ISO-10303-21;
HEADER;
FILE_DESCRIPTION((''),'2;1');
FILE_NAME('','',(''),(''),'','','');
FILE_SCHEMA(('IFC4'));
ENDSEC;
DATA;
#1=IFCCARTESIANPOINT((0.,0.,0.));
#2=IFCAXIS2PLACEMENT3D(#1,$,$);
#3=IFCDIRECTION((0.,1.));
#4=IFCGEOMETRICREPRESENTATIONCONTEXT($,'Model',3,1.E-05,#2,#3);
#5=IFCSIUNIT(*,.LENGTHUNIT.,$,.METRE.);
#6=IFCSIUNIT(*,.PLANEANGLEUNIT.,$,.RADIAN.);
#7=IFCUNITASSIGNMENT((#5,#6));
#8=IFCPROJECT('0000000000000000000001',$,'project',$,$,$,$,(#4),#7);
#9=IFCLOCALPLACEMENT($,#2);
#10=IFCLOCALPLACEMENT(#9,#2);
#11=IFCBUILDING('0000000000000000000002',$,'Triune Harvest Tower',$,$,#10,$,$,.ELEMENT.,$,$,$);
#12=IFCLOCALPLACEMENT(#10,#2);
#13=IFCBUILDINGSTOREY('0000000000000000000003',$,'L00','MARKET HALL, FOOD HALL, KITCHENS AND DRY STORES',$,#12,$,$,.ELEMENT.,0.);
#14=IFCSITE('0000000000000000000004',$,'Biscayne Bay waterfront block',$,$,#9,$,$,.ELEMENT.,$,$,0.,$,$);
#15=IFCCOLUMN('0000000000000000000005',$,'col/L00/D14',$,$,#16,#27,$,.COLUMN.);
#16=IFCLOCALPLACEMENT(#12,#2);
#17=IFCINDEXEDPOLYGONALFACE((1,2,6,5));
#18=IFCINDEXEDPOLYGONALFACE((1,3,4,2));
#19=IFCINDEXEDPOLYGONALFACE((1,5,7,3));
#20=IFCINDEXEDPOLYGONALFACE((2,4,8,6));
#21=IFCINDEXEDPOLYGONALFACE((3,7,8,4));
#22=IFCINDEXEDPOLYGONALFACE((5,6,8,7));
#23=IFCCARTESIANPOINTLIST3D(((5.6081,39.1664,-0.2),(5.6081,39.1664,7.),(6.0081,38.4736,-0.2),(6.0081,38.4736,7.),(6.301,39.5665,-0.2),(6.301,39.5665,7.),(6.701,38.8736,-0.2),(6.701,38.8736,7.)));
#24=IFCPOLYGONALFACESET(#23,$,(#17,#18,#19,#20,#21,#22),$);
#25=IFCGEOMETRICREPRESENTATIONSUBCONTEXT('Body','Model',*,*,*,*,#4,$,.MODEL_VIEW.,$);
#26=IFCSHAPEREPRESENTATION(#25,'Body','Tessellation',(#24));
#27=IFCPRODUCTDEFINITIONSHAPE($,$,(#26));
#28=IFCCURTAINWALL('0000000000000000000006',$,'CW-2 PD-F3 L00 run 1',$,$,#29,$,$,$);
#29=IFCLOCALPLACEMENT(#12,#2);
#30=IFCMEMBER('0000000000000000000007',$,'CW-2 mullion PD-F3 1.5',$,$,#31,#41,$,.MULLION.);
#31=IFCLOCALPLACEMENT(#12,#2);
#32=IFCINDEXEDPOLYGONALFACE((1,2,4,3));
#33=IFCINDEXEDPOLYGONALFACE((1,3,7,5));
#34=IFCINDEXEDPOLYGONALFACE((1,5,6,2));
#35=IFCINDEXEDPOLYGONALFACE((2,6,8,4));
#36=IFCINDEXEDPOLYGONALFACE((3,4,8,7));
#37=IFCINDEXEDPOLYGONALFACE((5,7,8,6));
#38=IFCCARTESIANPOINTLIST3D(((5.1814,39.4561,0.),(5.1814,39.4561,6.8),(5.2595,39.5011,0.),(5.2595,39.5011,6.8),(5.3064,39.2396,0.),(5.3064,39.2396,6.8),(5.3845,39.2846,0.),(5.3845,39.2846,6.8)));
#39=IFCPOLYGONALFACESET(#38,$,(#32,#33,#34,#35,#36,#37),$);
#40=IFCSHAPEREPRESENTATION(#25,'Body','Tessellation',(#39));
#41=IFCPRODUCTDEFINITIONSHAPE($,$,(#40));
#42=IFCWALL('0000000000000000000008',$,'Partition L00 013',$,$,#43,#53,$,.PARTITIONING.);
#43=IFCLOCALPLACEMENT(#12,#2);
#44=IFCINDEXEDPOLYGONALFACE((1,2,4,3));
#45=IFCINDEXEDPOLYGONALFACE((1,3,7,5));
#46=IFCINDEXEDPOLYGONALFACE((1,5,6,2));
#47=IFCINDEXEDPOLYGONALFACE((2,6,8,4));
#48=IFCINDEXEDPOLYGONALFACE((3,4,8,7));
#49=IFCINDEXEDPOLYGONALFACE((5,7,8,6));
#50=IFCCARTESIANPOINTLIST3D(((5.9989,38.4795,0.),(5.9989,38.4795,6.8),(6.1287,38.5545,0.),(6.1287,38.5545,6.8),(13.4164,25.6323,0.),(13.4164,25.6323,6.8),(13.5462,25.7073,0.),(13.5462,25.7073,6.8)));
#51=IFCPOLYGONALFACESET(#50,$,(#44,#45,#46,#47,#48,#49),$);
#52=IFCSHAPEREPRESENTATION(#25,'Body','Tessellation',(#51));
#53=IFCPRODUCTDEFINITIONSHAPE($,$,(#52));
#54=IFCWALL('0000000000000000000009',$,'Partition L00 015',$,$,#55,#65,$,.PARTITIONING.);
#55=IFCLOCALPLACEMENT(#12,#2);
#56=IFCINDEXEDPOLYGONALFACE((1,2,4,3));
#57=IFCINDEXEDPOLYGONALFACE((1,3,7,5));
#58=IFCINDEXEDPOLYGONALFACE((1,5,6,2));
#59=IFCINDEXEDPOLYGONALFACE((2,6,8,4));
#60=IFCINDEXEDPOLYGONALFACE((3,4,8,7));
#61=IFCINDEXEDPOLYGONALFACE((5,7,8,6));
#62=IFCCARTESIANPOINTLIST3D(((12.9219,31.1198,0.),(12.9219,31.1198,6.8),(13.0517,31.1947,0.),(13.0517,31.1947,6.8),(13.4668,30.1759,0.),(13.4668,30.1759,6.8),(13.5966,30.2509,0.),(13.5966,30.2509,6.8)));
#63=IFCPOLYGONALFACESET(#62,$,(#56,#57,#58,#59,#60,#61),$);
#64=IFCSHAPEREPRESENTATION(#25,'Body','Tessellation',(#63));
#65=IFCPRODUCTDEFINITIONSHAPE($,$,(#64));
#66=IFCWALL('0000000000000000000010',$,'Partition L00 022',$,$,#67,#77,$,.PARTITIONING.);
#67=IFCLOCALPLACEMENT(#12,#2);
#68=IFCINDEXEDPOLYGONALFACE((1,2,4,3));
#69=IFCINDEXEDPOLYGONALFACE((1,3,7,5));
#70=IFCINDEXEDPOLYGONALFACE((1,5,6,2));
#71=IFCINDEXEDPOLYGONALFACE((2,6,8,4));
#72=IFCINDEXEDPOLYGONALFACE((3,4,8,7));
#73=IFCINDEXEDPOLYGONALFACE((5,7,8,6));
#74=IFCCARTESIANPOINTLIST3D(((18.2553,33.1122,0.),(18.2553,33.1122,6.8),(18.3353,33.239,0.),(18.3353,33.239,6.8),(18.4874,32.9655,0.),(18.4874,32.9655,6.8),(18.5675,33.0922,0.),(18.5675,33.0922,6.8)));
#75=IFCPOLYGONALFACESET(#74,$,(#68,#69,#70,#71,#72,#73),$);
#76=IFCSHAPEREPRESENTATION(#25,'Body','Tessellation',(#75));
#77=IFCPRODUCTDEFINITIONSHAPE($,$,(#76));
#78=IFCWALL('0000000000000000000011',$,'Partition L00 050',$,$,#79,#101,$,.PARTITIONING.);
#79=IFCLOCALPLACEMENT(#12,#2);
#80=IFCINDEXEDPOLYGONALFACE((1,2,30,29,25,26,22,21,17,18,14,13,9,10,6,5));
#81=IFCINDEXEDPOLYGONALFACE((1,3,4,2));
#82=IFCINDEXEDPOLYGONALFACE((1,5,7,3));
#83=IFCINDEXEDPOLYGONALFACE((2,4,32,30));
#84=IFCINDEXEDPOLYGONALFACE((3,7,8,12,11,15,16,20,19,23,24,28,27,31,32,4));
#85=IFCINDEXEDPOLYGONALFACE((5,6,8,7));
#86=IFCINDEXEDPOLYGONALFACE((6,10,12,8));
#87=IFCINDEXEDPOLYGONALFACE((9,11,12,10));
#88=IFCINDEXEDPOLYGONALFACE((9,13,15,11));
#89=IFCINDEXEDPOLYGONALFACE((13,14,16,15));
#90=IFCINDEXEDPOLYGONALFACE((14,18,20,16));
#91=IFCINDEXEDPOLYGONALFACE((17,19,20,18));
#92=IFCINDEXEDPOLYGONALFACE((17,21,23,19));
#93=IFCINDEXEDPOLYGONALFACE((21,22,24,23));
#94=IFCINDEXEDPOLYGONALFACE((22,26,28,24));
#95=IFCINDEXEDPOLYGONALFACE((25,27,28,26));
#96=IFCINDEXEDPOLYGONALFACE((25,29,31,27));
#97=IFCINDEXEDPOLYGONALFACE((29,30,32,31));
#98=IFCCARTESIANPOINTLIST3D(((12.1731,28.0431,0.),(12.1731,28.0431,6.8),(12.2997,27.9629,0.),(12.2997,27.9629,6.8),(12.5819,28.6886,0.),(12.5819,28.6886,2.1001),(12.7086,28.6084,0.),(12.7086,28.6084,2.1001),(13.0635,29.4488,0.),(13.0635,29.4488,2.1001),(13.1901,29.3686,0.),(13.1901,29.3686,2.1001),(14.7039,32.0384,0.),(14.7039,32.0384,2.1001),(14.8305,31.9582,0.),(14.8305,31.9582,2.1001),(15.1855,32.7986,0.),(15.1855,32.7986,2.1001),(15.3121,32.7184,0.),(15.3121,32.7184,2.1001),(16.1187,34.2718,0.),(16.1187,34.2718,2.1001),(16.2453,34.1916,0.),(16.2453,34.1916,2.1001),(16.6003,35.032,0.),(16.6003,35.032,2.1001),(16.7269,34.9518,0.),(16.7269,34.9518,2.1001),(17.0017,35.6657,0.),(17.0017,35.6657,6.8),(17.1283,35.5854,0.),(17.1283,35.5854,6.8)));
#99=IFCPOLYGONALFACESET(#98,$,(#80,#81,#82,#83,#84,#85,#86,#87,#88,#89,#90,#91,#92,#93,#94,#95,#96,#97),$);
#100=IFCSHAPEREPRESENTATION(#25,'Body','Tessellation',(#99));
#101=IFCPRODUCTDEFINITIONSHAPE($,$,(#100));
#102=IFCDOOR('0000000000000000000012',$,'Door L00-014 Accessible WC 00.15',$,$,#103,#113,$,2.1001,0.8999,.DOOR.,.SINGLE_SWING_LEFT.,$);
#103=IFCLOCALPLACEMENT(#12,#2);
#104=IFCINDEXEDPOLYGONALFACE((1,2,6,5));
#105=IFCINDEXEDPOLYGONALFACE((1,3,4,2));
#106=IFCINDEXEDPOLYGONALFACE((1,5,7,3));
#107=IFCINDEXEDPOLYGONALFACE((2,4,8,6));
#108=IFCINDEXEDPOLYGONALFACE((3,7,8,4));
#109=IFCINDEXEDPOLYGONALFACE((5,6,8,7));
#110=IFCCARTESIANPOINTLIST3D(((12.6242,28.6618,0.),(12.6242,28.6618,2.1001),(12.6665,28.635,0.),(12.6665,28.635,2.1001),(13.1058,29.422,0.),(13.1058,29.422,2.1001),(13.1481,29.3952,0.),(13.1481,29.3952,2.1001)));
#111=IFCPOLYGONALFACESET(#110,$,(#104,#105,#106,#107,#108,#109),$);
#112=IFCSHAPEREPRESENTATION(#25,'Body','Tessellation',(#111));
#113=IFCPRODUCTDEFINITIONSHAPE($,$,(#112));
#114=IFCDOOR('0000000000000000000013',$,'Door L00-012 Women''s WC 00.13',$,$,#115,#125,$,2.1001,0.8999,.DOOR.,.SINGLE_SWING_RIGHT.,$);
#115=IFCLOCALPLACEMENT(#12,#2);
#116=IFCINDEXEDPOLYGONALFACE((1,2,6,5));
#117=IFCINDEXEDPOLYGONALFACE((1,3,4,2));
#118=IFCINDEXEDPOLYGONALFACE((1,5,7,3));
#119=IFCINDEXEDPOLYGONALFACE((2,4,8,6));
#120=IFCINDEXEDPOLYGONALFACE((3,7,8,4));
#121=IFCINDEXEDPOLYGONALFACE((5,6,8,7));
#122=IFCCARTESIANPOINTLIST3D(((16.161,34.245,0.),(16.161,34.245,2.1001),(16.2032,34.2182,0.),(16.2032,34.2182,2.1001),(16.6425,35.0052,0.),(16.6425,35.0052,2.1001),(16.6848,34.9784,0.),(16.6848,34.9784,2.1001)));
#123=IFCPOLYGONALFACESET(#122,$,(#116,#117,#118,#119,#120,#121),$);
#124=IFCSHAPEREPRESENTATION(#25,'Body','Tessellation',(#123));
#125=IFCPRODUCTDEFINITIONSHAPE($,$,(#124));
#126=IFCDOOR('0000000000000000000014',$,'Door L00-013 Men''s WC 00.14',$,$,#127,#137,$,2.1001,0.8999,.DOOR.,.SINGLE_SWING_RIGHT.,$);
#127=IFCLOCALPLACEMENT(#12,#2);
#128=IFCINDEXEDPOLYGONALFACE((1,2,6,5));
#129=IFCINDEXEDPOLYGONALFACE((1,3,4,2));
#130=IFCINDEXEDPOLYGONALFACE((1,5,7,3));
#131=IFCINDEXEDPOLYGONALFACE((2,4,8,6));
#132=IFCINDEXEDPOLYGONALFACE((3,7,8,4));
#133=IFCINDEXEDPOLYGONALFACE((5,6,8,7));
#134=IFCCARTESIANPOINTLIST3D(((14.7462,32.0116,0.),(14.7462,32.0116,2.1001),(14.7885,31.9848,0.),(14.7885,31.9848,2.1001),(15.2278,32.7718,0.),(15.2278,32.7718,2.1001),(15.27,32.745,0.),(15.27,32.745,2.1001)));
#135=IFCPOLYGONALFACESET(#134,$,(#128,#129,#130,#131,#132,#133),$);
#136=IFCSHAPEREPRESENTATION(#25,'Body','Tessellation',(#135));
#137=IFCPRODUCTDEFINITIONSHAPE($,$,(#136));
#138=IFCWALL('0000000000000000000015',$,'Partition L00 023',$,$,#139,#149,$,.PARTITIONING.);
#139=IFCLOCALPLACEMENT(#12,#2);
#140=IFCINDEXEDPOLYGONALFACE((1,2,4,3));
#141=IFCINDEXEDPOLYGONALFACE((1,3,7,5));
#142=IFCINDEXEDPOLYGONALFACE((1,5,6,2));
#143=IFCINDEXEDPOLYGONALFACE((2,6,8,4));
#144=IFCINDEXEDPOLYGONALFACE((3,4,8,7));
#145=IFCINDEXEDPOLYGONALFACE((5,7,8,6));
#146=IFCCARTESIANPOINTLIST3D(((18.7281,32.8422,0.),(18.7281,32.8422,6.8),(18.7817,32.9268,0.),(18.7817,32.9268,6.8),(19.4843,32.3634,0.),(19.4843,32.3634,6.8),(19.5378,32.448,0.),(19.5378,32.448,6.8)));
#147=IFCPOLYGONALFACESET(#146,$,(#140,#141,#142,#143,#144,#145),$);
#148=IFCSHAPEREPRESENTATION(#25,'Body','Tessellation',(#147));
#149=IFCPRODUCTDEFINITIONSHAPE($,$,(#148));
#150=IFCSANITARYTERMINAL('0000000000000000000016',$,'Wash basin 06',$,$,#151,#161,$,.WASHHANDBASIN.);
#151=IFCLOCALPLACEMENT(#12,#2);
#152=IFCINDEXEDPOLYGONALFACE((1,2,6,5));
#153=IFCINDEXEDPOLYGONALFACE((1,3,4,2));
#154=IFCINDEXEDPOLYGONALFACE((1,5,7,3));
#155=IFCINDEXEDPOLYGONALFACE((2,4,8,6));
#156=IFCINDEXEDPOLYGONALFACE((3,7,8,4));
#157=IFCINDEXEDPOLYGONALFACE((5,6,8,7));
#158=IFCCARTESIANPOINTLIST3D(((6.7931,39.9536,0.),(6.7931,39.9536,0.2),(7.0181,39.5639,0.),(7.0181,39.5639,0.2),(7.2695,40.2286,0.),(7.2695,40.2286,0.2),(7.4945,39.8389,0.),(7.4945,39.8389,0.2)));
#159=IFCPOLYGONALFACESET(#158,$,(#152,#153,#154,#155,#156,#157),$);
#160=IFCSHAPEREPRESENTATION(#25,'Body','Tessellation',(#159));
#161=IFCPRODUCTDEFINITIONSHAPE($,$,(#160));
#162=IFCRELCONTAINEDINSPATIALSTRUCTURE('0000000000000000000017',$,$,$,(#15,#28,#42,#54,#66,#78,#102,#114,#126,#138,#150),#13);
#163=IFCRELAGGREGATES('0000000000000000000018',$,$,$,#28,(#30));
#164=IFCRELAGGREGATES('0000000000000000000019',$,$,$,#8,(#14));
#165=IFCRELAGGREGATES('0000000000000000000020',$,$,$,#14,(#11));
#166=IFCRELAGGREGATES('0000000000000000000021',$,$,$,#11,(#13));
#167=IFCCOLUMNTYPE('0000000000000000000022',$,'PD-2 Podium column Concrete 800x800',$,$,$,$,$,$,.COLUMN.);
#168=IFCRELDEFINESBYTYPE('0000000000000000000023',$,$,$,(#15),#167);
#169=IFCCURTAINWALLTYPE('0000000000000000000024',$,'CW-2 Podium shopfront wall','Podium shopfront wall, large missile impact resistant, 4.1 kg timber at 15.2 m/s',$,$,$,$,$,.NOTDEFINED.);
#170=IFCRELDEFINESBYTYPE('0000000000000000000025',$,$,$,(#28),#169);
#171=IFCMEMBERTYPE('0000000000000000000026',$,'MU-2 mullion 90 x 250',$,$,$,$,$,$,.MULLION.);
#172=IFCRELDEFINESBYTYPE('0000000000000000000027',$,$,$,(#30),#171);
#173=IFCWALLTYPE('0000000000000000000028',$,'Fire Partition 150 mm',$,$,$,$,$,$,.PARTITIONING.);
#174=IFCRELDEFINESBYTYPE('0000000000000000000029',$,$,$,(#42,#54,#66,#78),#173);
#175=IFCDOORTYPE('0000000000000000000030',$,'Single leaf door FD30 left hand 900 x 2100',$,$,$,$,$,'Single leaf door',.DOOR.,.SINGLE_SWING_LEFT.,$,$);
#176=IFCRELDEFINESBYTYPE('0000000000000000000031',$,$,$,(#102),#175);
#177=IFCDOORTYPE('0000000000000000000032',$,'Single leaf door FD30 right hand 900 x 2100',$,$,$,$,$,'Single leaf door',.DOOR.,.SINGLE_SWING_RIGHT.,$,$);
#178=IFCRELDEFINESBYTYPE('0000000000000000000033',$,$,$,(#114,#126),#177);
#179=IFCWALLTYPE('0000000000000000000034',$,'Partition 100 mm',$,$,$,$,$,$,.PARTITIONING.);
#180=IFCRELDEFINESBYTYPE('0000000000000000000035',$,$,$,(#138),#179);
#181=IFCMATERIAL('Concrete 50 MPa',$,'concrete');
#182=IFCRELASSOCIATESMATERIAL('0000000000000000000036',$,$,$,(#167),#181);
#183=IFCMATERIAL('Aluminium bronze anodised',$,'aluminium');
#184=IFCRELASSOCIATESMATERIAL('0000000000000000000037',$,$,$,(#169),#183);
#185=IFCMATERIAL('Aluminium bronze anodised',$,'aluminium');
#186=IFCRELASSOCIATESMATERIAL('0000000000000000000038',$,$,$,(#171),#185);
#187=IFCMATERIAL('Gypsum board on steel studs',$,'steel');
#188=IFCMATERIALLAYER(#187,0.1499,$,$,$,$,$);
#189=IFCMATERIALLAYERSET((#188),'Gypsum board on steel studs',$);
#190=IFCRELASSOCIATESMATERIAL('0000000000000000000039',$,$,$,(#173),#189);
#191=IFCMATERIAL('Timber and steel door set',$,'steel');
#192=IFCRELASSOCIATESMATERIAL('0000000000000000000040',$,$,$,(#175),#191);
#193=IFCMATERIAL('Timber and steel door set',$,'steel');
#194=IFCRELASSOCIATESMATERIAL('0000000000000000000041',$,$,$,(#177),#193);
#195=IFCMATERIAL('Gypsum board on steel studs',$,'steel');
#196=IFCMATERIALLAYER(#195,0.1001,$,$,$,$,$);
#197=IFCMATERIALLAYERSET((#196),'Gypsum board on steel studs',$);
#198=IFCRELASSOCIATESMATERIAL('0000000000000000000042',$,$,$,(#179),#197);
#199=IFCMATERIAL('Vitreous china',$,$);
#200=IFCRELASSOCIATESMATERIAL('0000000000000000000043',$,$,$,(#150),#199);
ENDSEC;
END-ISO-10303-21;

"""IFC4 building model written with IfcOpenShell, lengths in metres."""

from ifc_helpers import new_model, si_unit, direction, frame, frame_2d, origin, origin_2d, place, context, subcontext, project, spatial, rectangle, extrude, source, transform, mapped, material, layer, layer_set, material_profile, profile_set, type_object, element, fill, aggregate, save


model = new_model("IFC4")

# Units and contexts
model_context = context("Model", 3, precision=1e-05, world=origin(), true_north=direction((0.0, 1.0)))
body_context = subcontext(model_context, "Body", "Model", "MODEL_VIEW")
ifc_project = project(units=[si_unit("LENGTHUNIT", "METRE"), si_unit("PLANEANGLEUNIT", "RADIAN")], contexts=[model_context])

# Site, building, storey
site_placement = place(None, origin())
site = spatial("IfcSite", under=ifc_project, at=site_placement, Name="Biscayne Bay waterfront block", CompositionType="ELEMENT", RefElevation=0.0)
building_placement = place(site_placement, origin())
building = spatial("IfcBuilding", under=site, at=building_placement, Name="Triune Harvest Tower", CompositionType="ELEMENT")
storey_placement = place(building_placement, origin())
storey = spatial("IfcBuildingStorey", under=building, at=storey_placement, Name="L00", Description="MARKET HALL, FOOD HALL, KITCHENS AND DRY STORES", CompositionType="ELEMENT", Elevation=0.0)

# Column
ifc_material_1 = material(Name="Concrete 50 MPa", Category="concrete")
ifc_material_profile_1 = material_profile(ifc_material_1, rectangle(XDim=0.8, YDim=0.8, at=origin_2d()), Name="Concrete 800x800")
ifc_profile_set_1 = profile_set([ifc_material_profile_1], Name="Concrete 50 MPa")
column_type_1 = type_object("IfcColumnType", Name="PD-2 Podium column Concrete 800x800", PredefinedType="COLUMN", material=ifc_profile_set_1)
shared_shape_1 = source(origin(), body_context, "Body", "SweptSolid", [
    extrude(rectangle(XDim=0.8, YDim=0.8, at=origin_2d()), origin(), (0.0, 0.0, 1.0), 7.2),
])
column_1_placement = place(storey_placement, frame((6.1545, 39.02, -0.2), z_axis=(0.0, 0.0, 1.0), x_axis=(-0.866025, -0.5, 0.0)))
element("IfcColumn", 1, at=column_1_placement, inside=storey, type_object=column_type_1, Name="col/L00/D14", PredefinedType="COLUMN", context=body_context, shape_type="MappedRepresentation", body=[
    mapped(shared_shape_1, transform((0.0, 0.0, 0.0), scale=1.0)),
])

# Curtain wall, member
ifc_material_2 = material(Name="Aluminium bronze anodised", Category="aluminium")
curtain_wall_type = type_object("IfcCurtainWallType", Name="CW-2 Podium shopfront wall", Description="Podium shopfront wall, large missile impact resistant, 4.1 kg timber at 15.2 m/s", PredefinedType="NOTDEFINED", material=ifc_material_2)
curtain_wall_placement = place(storey_placement, origin())
curtain_wall = element("IfcCurtainWall", 2, at=curtain_wall_placement, inside=storey, type_object=curtain_wall_type, Name="CW-2 PD-F3 L00 run 1")
ifc_material_3 = material(Name="Aluminium bronze anodised", Category="aluminium")
ifc_material_profile_2 = material_profile(ifc_material_3, rectangle(XDim=0.25, YDim=0.0901, at=origin_2d()), Name="MU-2 mullion 90 x 250")
ifc_profile_set_2 = profile_set([ifc_material_profile_2], Name="Aluminium bronze anodised")
member_type = type_object("IfcMemberType", Name="MU-2 mullion 90 x 250", PredefinedType="MULLION", material=ifc_profile_set_2)
shared_shape_2 = source(origin(), body_context, "Body", "SweptSolid", [
    extrude(rectangle(XDim=0.25, YDim=0.0901, at=origin_2d()), origin(), (0.0, 0.0, 1.0), 6.8),
])
member_placement = place(storey_placement, frame((5.283, 39.3704, 0.0), z_axis=(0.0, 0.0, 1.0), x_axis=(0.5, -0.866025, 0.0)))
member = element("IfcMember", 3, at=member_placement, type_object=member_type, Name="CW-2 mullion PD-F3 1.5", PredefinedType="MULLION", context=body_context, shape_type="MappedRepresentation", body=[
    mapped(shared_shape_2, transform((0.0, 0.0, 0.0), scale=1.0)),
])
aggregate(curtain_wall, [member])

# Walls
ifc_material_4 = material(Name="Gypsum board on steel studs", Category="steel")
ifc_layer_1 = layer(ifc_material_4, 0.1499)
ifc_layer_set_1 = layer_set([ifc_layer_1], Name="Gypsum board on steel studs")
wall_type_1 = type_object("IfcWallType", Name="Fire Partition 150 mm", PredefinedType="PARTITIONING", material=ifc_layer_set_1)
wall_1_placement = place(storey_placement, frame((6.0637, 38.5171, 0.0), z_axis=(0.0, 0.0, 1.0), x_axis=(0.500008, -0.866021, 0.0)))
element("IfcWall", 4, at=wall_1_placement, inside=storey, type_object=wall_type_1, Name="Partition L00 013", PredefinedType="PARTITIONING", context=body_context, shape_type="SweptSolid", body=[
    extrude(rectangle(XDim=14.8347, YDim=0.1499, at=frame_2d((7.4175, 0.0))), origin(), (0.0, 0.0, 1.0), 6.8),
])
wall_2_placement = place(storey_placement, frame((12.9868, 31.1572, 0.0), z_axis=(0.0, 0.0, 1.0), x_axis=(0.499994, -0.866029, 0.0)))
element("IfcWall", 5, at=wall_2_placement, inside=storey, type_object=wall_type_1, Name="Partition L00 015", PredefinedType="PARTITIONING", context=body_context, shape_type="SweptSolid", body=[
    extrude(rectangle(XDim=1.0898, YDim=0.1499, at=frame_2d((0.5449, 0.0))), origin(), (0.0, 0.0, 1.0), 6.8),
])
wall_3_placement = place(storey_placement, frame((18.2954, 33.1755, 0.0), z_axis=(0.0, 0.0, 1.0), x_axis=(0.845341, -0.534227, 0.0)))
element("IfcWall", 6, at=wall_3_placement, inside=storey, type_object=wall_type_1, Name="Partition L00 022", PredefinedType="PARTITIONING", context=body_context, shape_type="SweptSolid", body=[
    extrude(rectangle(XDim=0.2747, YDim=0.1499, at=frame_2d((0.1372, 0.0))), origin(), (0.0, 0.0, 1.0), 6.8),
])

# Wall, openings, doors
wall_4_placement = place(storey_placement, frame((12.2363, 28.0029, 0.0), z_axis=(0.0, 0.0, 1.0), x_axis=(0.535131, 0.844769, 0.0)))
wall_4 = element("IfcWall", 7, at=wall_4_placement, inside=storey, type_object=wall_type_1, Name="Partition L00 050", PredefinedType="PARTITIONING", context=body_context, shape_type="SweptSolid", body=[
    extrude(rectangle(XDim=9.0232, YDim=0.1499, at=frame_2d((4.5117, 0.0))), origin(), (0.0, 0.0, 1.0), 6.8),
])
opening_1_placement = place(wall_4_placement, frame((7.3733, 0.0, 0.0)))
opening_1 = element("IfcOpeningElement", 8, at=opening_1_placement, cuts=wall_4, PredefinedType="OPENING", context=body_context, shape_type="SweptSolid", body=[
    extrude(rectangle(XDim=0.8999, YDim=2.1001, at=frame_2d((0.45, 1.05))), frame((0.0, 0.085, 0.0), z_axis=(0.0, -1.0, 0.0), x_axis=(1.0, 0.0, 0.0)), (0.0, 0.0, 1.0), 0.1699),
])
opening_2_placement = place(wall_4_placement, frame((4.7295, 0.0, 0.0)))
opening_2 = element("IfcOpeningElement", 9, at=opening_2_placement, cuts=wall_4, PredefinedType="OPENING", context=body_context, shape_type="SweptSolid", body=[
    extrude(rectangle(XDim=0.8999, YDim=2.1001, at=frame_2d((0.45, 1.05))), frame((0.0, 0.085, 0.0), z_axis=(0.0, -1.0, 0.0), x_axis=(1.0, 0.0, 0.0)), (0.0, 0.0, 1.0), 0.1699),
])
opening_3_placement = place(wall_4_placement, frame((0.7642, 0.0, 0.0)))
opening_3 = element("IfcOpeningElement", 10, at=opening_3_placement, cuts=wall_4, PredefinedType="OPENING", context=body_context, shape_type="SweptSolid", body=[
    extrude(rectangle(XDim=0.8999, YDim=2.1001, at=frame_2d((0.45, 1.05))), frame((0.0, 0.085, 0.0), z_axis=(0.0, -1.0, 0.0), x_axis=(1.0, 0.0, 0.0)), (0.0, 0.0, 1.0), 0.1699),
])
ifc_material_5 = material(Name="Timber and steel door set", Category="steel")
door_type_1 = type_object("IfcDoorType", Name="Single leaf door FD30 left hand 900 x 2100", ElementType="Single leaf door", OperationType="SINGLE_SWING_LEFT", PredefinedType="DOOR", material=ifc_material_5)
door_1_placement = place(opening_3_placement, origin())
door_1 = element("IfcDoor", 11, at=door_1_placement, inside=storey, type_object=door_type_1, Name="Door L00-014 Accessible WC 00.15", OperationType="SINGLE_SWING_LEFT", OverallHeight=2.1001, OverallWidth=0.8999, PredefinedType="DOOR", context=body_context, shape_type="SweptSolid", body=[
    extrude(rectangle(XDim=0.8999, YDim=2.1001, at=frame_2d((0.45, 1.05))), frame((0.0, 0.0249, 0.0), z_axis=(0.0, -1.0, 0.0), x_axis=(1.0, 0.0, 0.0)), (0.0, 0.0, 1.0), 0.05),
])
fill(opening_3, door_1)
ifc_material_6 = material(Name="Timber and steel door set", Category="steel")
door_type_2 = type_object("IfcDoorType", Name="Single leaf door FD30 right hand 900 x 2100", ElementType="Single leaf door", OperationType="SINGLE_SWING_RIGHT", PredefinedType="DOOR", material=ifc_material_6)
door_2_placement = place(opening_1_placement, origin())
door_2 = element("IfcDoor", 12, at=door_2_placement, inside=storey, type_object=door_type_2, Name="Door L00-012 Women's WC 00.13", OperationType="SINGLE_SWING_RIGHT", OverallHeight=2.1001, OverallWidth=0.8999, PredefinedType="DOOR", context=body_context, shape_type="SweptSolid", body=[
    extrude(rectangle(XDim=0.8999, YDim=2.1001, at=frame_2d((0.45, 1.05))), frame((0.0, 0.0249, 0.0), z_axis=(0.0, -1.0, 0.0), x_axis=(1.0, 0.0, 0.0)), (0.0, 0.0, 1.0), 0.05),
])
fill(opening_1, door_2)
door_3_placement = place(opening_2_placement, origin())
door_3 = element("IfcDoor", 13, at=door_3_placement, inside=storey, type_object=door_type_2, Name="Door L00-013 Men's WC 00.14", OperationType="SINGLE_SWING_RIGHT", OverallHeight=2.1001, OverallWidth=0.8999, PredefinedType="DOOR", context=body_context, shape_type="SweptSolid", body=[
    extrude(rectangle(XDim=0.8999, YDim=2.1001, at=frame_2d((0.45, 1.05))), frame((0.0, 0.0249, 0.0), z_axis=(0.0, -1.0, 0.0), x_axis=(1.0, 0.0, 0.0)), (0.0, 0.0, 1.0), 0.05),
])
fill(opening_2, door_3)

# Wall
ifc_material_7 = material(Name="Gypsum board on steel studs", Category="steel")
ifc_layer_2 = layer(ifc_material_7, 0.1001)
ifc_layer_set_2 = layer_set([ifc_layer_2], Name="Gypsum board on steel studs")
wall_type_2 = type_object("IfcWallType", Name="Partition 100 mm", PredefinedType="PARTITIONING", material=ifc_layer_set_2)
wall_5_placement = place(storey_placement, frame((18.7549, 32.8845, 0.0), z_axis=(0.0, 0.0, 1.0), x_axis=(0.844873, -0.534968, 0.0)))
element("IfcWall", 14, at=wall_5_placement, inside=storey, type_object=wall_type_2, Name="Partition L00 023", PredefinedType="PARTITIONING", context=body_context, shape_type="SweptSolid", body=[
    extrude(rectangle(XDim=0.895, YDim=0.1001, at=frame_2d((0.4475, 0.0))), origin(), (0.0, 0.0, 1.0), 6.8),
])

# Sanitary terminal
ifc_material_8 = material(Name="Vitreous china")
shared_shape_3 = source(origin(), body_context, "Body", "SweptSolid", [
    extrude(rectangle(XDim=0.55, YDim=0.45, at=origin_2d()), origin(), (0.0, 0.0, 1.0), 0.2),
])
sanitary_terminal_placement = place(storey_placement, frame((7.1438, 39.8962, 0.0), z_axis=(0.0, 0.0, 1.0), x_axis=(0.866008, 0.50003, 0.0)))
element("IfcSanitaryTerminal", 15, at=sanitary_terminal_placement, inside=storey, material=ifc_material_8, Name="Wash basin 06", PredefinedType="WASHHANDBASIN", context=body_context, shape_type="MappedRepresentation", body=[
    mapped(shared_shape_3, transform((0.0, 0.0, 0.0), scale=1.0)),
])

save(model, "model.ifc")
